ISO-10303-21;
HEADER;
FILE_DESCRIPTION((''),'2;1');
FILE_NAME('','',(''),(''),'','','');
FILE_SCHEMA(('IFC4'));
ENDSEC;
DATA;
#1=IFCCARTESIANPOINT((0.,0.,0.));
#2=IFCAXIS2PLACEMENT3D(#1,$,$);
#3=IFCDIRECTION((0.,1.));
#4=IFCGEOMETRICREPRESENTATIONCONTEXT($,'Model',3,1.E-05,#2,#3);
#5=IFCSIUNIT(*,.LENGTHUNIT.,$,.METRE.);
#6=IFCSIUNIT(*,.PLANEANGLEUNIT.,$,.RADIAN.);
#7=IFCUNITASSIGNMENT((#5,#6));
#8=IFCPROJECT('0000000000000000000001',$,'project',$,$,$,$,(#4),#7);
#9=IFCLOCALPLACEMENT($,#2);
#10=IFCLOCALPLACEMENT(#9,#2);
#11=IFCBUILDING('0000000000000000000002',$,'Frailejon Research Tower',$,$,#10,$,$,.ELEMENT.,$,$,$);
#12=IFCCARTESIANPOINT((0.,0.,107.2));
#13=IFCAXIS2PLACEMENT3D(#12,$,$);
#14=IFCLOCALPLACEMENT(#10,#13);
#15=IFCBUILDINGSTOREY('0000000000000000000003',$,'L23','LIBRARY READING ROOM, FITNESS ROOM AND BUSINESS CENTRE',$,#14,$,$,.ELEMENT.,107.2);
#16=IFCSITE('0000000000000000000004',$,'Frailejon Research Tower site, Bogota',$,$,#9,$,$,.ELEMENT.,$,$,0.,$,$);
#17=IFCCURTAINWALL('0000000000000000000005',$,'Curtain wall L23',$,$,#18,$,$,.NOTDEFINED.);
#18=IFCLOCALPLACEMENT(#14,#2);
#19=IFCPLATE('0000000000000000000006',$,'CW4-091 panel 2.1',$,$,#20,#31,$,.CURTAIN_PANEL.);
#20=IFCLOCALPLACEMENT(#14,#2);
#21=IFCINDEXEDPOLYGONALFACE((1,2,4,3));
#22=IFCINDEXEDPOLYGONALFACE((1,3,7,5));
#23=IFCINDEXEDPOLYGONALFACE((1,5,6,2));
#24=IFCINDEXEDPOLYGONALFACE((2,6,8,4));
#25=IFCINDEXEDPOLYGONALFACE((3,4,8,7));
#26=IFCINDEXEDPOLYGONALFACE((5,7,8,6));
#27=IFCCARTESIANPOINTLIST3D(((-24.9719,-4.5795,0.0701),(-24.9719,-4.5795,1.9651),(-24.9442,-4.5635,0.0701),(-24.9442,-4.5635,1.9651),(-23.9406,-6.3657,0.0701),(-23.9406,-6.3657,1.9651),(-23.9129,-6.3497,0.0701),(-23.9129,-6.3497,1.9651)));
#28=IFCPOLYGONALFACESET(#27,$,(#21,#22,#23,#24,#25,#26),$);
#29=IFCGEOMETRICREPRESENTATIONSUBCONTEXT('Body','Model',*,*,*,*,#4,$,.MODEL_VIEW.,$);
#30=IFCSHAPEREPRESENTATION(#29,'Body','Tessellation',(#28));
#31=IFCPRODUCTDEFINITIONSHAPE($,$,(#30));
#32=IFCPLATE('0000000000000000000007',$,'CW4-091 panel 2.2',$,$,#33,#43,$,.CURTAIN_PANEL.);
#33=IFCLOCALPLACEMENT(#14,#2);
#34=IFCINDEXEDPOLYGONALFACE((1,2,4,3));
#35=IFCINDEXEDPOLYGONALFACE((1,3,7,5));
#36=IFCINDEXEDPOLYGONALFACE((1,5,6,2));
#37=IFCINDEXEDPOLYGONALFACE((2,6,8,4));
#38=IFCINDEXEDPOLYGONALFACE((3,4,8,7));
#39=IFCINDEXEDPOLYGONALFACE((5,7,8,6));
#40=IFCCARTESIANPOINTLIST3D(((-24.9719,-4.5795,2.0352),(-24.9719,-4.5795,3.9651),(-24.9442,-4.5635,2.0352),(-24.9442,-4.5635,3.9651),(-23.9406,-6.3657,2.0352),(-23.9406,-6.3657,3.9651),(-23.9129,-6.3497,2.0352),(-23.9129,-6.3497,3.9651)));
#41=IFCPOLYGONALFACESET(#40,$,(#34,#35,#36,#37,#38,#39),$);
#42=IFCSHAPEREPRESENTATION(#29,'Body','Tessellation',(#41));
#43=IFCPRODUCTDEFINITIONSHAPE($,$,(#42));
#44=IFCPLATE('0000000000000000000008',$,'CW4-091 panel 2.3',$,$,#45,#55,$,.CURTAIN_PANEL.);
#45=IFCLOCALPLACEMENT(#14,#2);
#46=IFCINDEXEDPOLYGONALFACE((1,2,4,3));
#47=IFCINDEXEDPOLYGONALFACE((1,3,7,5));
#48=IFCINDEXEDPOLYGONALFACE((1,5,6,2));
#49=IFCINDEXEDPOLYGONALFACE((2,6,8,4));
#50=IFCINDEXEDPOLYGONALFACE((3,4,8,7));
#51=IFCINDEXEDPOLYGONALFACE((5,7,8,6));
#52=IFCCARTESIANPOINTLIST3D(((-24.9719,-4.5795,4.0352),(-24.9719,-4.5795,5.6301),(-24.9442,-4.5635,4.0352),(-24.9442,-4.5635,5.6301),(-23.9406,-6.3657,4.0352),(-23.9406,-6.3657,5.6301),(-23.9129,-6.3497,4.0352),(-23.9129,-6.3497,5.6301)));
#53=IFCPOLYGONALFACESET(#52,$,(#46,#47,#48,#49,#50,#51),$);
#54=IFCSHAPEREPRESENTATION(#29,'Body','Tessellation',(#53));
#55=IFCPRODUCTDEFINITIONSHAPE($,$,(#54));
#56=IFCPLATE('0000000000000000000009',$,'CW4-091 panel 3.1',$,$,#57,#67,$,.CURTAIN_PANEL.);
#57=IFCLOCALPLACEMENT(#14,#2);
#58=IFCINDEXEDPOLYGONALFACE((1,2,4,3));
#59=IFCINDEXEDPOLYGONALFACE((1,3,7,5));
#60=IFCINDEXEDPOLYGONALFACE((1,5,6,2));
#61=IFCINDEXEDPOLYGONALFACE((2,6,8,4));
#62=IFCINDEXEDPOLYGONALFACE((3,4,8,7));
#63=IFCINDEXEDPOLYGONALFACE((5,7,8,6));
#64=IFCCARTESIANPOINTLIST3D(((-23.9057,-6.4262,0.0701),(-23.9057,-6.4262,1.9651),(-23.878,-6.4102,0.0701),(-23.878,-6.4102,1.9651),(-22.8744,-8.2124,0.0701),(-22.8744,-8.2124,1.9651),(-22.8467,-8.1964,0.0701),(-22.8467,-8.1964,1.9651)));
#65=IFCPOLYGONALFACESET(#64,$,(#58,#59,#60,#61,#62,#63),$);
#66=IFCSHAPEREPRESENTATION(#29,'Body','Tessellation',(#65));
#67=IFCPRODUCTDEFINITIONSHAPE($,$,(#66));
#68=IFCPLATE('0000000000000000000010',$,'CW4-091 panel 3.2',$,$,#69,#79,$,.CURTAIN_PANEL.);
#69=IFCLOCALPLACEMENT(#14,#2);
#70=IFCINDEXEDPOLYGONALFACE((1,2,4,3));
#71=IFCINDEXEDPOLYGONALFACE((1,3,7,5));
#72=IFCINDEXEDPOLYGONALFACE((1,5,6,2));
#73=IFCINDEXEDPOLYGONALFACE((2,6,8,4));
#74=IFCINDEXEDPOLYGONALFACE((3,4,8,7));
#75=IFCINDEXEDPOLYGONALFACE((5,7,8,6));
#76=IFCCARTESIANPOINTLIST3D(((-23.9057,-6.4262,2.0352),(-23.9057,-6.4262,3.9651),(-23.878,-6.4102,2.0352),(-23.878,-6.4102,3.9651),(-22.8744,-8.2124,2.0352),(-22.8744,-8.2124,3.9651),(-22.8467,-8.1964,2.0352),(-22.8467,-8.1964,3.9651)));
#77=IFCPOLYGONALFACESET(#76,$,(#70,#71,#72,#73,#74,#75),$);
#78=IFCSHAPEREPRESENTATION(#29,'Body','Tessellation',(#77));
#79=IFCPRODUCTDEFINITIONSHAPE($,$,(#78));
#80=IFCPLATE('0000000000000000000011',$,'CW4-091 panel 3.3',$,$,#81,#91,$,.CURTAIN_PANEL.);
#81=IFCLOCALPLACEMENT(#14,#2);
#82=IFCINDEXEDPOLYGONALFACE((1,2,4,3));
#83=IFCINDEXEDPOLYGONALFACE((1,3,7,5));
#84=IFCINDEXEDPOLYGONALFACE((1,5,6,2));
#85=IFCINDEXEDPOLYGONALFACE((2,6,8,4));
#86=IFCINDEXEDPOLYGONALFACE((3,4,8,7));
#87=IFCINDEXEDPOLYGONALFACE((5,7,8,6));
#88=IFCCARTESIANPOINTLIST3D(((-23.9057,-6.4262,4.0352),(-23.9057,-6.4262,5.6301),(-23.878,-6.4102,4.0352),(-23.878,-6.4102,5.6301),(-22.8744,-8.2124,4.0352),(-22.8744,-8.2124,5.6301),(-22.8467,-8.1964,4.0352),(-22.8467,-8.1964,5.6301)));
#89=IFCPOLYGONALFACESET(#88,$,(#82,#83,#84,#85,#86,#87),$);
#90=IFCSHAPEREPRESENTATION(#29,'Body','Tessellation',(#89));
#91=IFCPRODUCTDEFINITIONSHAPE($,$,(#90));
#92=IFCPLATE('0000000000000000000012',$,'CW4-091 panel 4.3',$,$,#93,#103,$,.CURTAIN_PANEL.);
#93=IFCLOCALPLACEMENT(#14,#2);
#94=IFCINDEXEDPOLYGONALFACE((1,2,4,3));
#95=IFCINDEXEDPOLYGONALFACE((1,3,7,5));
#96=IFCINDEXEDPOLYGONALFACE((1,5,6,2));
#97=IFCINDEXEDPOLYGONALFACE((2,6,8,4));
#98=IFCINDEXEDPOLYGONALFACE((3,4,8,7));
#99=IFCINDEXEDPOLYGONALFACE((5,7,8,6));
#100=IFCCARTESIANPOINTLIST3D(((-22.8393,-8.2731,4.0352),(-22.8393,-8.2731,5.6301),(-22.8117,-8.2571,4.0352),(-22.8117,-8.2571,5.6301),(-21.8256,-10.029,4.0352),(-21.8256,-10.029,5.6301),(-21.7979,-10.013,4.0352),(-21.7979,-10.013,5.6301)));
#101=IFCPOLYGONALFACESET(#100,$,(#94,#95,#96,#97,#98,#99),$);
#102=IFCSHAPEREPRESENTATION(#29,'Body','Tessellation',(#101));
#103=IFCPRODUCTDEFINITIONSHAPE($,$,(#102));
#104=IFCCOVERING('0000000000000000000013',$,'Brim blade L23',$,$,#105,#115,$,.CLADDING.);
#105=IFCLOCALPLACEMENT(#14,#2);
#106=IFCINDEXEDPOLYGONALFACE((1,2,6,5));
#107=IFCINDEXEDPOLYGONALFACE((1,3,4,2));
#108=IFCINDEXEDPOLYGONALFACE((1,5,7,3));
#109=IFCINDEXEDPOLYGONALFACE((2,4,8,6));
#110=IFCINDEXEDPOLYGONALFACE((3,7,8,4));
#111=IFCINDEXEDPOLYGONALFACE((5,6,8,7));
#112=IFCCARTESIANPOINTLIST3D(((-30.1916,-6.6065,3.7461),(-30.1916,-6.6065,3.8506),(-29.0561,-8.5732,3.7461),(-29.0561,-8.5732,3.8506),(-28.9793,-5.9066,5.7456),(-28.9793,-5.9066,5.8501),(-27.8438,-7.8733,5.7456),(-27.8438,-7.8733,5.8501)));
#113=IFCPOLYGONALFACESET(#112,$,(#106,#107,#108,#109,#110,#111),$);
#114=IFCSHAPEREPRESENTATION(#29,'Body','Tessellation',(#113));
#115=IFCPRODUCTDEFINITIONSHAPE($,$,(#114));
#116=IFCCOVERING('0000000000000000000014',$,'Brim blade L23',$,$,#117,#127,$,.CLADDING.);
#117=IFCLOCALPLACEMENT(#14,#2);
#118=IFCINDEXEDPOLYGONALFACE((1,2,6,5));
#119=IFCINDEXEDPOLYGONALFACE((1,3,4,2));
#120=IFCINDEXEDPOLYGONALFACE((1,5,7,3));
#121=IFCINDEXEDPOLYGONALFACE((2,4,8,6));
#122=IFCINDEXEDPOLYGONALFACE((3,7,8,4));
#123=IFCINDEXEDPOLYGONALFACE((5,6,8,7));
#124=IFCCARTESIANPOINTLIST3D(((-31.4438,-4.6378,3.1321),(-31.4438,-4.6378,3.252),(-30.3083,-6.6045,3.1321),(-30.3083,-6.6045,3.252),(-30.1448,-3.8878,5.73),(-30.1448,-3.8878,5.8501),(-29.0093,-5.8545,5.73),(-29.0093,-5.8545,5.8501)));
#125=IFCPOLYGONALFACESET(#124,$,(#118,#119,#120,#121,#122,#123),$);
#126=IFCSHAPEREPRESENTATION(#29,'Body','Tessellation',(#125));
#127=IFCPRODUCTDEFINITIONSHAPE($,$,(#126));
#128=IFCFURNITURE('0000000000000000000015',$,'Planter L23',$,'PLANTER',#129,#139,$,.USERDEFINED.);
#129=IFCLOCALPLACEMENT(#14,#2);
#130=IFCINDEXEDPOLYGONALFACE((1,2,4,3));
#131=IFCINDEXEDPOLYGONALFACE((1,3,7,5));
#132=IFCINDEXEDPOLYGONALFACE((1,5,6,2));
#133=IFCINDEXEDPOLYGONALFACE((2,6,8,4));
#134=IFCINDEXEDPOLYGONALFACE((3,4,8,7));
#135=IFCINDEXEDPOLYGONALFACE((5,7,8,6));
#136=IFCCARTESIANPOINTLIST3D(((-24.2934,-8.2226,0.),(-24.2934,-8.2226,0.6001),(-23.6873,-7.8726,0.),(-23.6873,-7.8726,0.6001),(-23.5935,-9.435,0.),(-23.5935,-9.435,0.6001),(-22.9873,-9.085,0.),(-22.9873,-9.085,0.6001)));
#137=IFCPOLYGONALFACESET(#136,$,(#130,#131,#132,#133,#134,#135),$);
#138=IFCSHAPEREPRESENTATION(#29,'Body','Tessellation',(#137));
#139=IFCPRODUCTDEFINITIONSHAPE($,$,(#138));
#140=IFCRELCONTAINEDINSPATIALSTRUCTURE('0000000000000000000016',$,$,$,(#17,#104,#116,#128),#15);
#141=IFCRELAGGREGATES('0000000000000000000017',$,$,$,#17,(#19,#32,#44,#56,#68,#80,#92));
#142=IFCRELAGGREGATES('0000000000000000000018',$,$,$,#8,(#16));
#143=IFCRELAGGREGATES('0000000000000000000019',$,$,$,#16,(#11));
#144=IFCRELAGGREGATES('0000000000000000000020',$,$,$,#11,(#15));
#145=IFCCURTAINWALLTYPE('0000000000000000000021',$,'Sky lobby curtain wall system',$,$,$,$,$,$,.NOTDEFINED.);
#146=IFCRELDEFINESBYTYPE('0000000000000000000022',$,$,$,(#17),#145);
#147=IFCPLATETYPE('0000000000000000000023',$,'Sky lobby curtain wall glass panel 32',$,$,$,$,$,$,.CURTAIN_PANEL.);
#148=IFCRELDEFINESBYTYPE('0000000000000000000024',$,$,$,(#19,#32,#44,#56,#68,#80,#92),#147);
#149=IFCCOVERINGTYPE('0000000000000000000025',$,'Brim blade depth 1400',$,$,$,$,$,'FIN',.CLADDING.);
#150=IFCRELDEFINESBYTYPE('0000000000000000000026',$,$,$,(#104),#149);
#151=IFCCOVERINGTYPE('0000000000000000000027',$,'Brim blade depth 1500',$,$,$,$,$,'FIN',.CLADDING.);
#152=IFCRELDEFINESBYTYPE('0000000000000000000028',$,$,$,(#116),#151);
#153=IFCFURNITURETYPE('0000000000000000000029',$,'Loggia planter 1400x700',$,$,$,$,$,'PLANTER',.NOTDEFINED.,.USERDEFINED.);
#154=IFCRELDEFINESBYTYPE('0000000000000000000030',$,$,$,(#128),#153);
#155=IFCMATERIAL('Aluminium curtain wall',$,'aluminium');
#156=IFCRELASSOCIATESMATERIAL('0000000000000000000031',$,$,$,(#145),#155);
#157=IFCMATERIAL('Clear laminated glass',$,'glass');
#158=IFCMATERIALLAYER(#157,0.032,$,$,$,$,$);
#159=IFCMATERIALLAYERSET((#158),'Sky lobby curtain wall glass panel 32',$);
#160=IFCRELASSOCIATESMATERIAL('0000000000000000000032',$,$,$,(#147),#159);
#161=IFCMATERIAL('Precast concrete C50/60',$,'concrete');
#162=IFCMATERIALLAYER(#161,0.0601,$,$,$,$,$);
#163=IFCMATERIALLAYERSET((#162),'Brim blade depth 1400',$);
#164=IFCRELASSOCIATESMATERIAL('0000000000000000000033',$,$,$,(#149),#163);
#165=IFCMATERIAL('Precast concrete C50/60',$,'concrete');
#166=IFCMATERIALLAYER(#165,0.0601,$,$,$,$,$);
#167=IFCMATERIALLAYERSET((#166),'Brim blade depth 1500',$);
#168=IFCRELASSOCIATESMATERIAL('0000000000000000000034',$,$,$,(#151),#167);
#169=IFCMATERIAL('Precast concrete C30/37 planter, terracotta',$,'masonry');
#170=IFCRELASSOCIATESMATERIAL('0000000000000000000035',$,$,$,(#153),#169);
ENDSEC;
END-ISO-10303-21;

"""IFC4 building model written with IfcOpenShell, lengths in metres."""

from ifc_helpers import new_model, si_unit, direction, frame, origin, origin_2d, place, context, subcontext, project, spatial, polyline, rectangle, outline, extrude, material, layer, layer_set, type_object, element, aggregate, save


model = new_model("IFC4")

# Units and contexts
model_context = context("Model", 3, precision=1e-05, world=origin(), true_north=direction((0.0, 1.0)))
body_context = subcontext(model_context, "Body", "Model", "MODEL_VIEW")
ifc_project = project(units=[si_unit("LENGTHUNIT", "METRE"), si_unit("PLANEANGLEUNIT", "RADIAN")], contexts=[model_context])

# Site, building, storey
site_placement = place(None, origin())
site = spatial("IfcSite", under=ifc_project, at=site_placement, Name="Frailejon Research Tower site, Bogota", CompositionType="ELEMENT", RefElevation=0.0)
building_placement = place(site_placement, origin())
building = spatial("IfcBuilding", under=site, at=building_placement, Name="Frailejon Research Tower", CompositionType="ELEMENT")
storey_placement = place(building_placement, frame((0.0, 0.0, 107.2)))
storey = spatial("IfcBuildingStorey", under=building, at=storey_placement, Name="L23", Description="LIBRARY READING ROOM, FITNESS ROOM AND BUSINESS CENTRE", CompositionType="ELEMENT", Elevation=107.2)

# Curtain wall
ifc_material_1 = material(Name="Aluminium curtain wall", Category="aluminium")
curtain_wall_type = type_object("IfcCurtainWallType", Name="Sky lobby curtain wall system", PredefinedType="NOTDEFINED", material=ifc_material_1)
curtain_wall_placement = place(storey_placement, origin())
curtain_wall = element("IfcCurtainWall", 1, at=curtain_wall_placement, inside=storey, type_object=curtain_wall_type, Name="Curtain wall L23", PredefinedType="NOTDEFINED")

# Plates
ifc_material_2 = material(Name="Clear laminated glass", Category="glass")
ifc_layer_1 = layer(ifc_material_2, 0.032)
ifc_layer_set_1 = layer_set([ifc_layer_1], Name="Sky lobby curtain wall glass panel 32")
plate_type = type_object("IfcPlateType", Name="Sky lobby curtain wall glass panel 32", PredefinedType="CURTAIN_PANEL", material=ifc_layer_set_1)
plate_1_placement = place(storey_placement, frame((-24.4424, -5.4646, 0.0701), z_axis=(0.0, 0.0, 1.0), x_axis=(0.5, -0.866026, 0.0)))
plate_1 = element("IfcPlate", 2, at=plate_1_placement, type_object=plate_type, Name="CW4-091 panel 2.1", PredefinedType="CURTAIN_PANEL", context=body_context, shape_type="SweptSolid", body=[
    extrude(rectangle(XDim=2.0625, YDim=0.032, at=origin_2d()), origin(), (0.0, 0.0, 1.0), 1.895),
])
plate_2_placement = place(storey_placement, frame((-24.4424, -5.4646, 2.0352), z_axis=(0.0, 0.0, 1.0), x_axis=(0.5, -0.866026, 0.0)))
plate_2 = element("IfcPlate", 3, at=plate_2_placement, type_object=plate_type, Name="CW4-091 panel 2.2", PredefinedType="CURTAIN_PANEL", context=body_context, shape_type="SweptSolid", body=[
    extrude(rectangle(XDim=2.0625, YDim=0.032, at=origin_2d()), origin(), (0.0, 0.0, 1.0), 1.9299),
])
plate_3_placement = place(storey_placement, frame((-24.4424, -5.4646, 4.0352), z_axis=(0.0, 0.0, 1.0), x_axis=(0.5, -0.866026, 0.0)))
plate_3 = element("IfcPlate", 4, at=plate_3_placement, type_object=plate_type, Name="CW4-091 panel 2.3", PredefinedType="CURTAIN_PANEL", context=body_context, shape_type="SweptSolid", body=[
    extrude(rectangle(XDim=2.0625, YDim=0.032, at=origin_2d()), origin(), (0.0, 0.0, 1.0), 1.595),
])
plate_4_placement = place(storey_placement, frame((-23.3762, -7.3113, 0.0701), z_axis=(0.0, 0.0, 1.0), x_axis=(0.5, -0.866026, 0.0)))
plate_4 = element("IfcPlate", 5, at=plate_4_placement, type_object=plate_type, Name="CW4-091 panel 3.1", PredefinedType="CURTAIN_PANEL", context=body_context, shape_type="SweptSolid", body=[
    extrude(rectangle(XDim=2.0625, YDim=0.032, at=origin_2d()), origin(), (0.0, 0.0, 1.0), 1.895),
])
plate_5_placement = place(storey_placement, frame((-23.3762, -7.3113, 2.0352), z_axis=(0.0, 0.0, 1.0), x_axis=(0.5, -0.866026, 0.0)))
plate_5 = element("IfcPlate", 6, at=plate_5_placement, type_object=plate_type, Name="CW4-091 panel 3.2", PredefinedType="CURTAIN_PANEL", context=body_context, shape_type="SweptSolid", body=[
    extrude(rectangle(XDim=2.0625, YDim=0.032, at=origin_2d()), origin(), (0.0, 0.0, 1.0), 1.9299),
])
plate_6_placement = place(storey_placement, frame((-23.3762, -7.3113, 4.0352), z_axis=(0.0, 0.0, 1.0), x_axis=(0.5, -0.866026, 0.0)))
plate_6 = element("IfcPlate", 7, at=plate_6_placement, type_object=plate_type, Name="CW4-091 panel 3.3", PredefinedType="CURTAIN_PANEL", context=body_context, shape_type="SweptSolid", body=[
    extrude(rectangle(XDim=2.0625, YDim=0.032, at=origin_2d()), origin(), (0.0, 0.0, 1.0), 1.595),
])
plate_7_placement = place(storey_placement, frame((-22.3186, -9.1431, 4.0352), z_axis=(0.0, 0.0, 1.0), x_axis=(0.5, -0.866026, 0.0)))
plate_7 = element("IfcPlate", 8, at=plate_7_placement, type_object=plate_type, Name="CW4-091 panel 4.3", PredefinedType="CURTAIN_PANEL", context=body_context, shape_type="SweptSolid", body=[
    extrude(rectangle(XDim=2.0276, YDim=0.032, at=origin_2d()), origin(), (0.0, 0.0, 1.0), 1.595),
])
aggregate(curtain_wall, [plate_1, plate_2, plate_3, plate_4, plate_5, plate_6, plate_7])

# Coverings
ifc_material_3 = material(Name="Precast concrete C50/60", Category="concrete")
ifc_layer_2 = layer(ifc_material_3, 0.0601)
ifc_layer_set_2 = layer_set([ifc_layer_2], Name="Brim blade depth 1400")
covering_type_1 = type_object("IfcCoveringType", Name="Brim blade depth 1400", ElementType="FIN", PredefinedType="CLADDING", material=ifc_layer_set_2)
covering_1_placement = place(storey_placement, frame((-27.8438, -7.8733, 5.8501), z_axis=(-0.500002, 0.866024, 0.0), x_axis=(-0.866024, -0.500002, 0.0)))
element("IfcCovering", 9, at=covering_1_placement, inside=storey, type_object=covering_type_1, Name="Brim blade L23", PredefinedType="CLADDING", context=body_context, shape_type="SweptSolid", body=[
    extrude(outline(polyline([(0.0, -0.1045), (1.3999, -2.104), (1.3999, -1.9995), (0.0, 0.0), (0.0, -0.1045)])), origin(), (0.0, 0.0, 1.0), 2.271),
])
ifc_material_4 = material(Name="Precast concrete C50/60", Category="concrete")
ifc_layer_3 = layer(ifc_material_4, 0.0601)
ifc_layer_set_3 = layer_set([ifc_layer_3], Name="Brim blade depth 1500")
covering_type_2 = type_object("IfcCoveringType", Name="Brim blade depth 1500", ElementType="FIN", PredefinedType="CLADDING", material=ifc_layer_set_3)
covering_2_placement = place(storey_placement, frame((-29.0093, -5.8545, 5.8501), z_axis=(-0.500002, 0.866024, 0.0), x_axis=(-0.866024, -0.500002, 0.0)))
element("IfcCovering", 10, at=covering_2_placement, inside=storey, type_object=covering_type_2, Name="Brim blade L23", PredefinedType="CLADDING", context=body_context, shape_type="SweptSolid", body=[
    extrude(outline(polyline([(0.0, -0.1201), (1.5, -2.718), (1.5, -2.5981), (0.0, 0.0), (0.0, -0.1201)])), origin(), (0.0, 0.0, 1.0), 2.271),
])

# Furniture
ifc_material_5 = material(Name="Precast concrete C30/37 planter, terracotta", Category="masonry")
furniture_type = type_object("IfcFurnitureType", Name="Loggia planter 1400x700", ElementType="PLANTER", AssemblyPlace="NOTDEFINED", PredefinedType="USERDEFINED", material=ifc_material_5)
furniture_placement = place(storey_placement, frame((-23.6404, -8.6538, 0.0), z_axis=(0.0, 0.0, 1.0), x_axis=(0.5, -0.866025, 0.0)))
element("IfcFurniture", 11, at=furniture_placement, inside=storey, type_object=furniture_type, Name="Planter L23", ObjectType="PLANTER", PredefinedType="USERDEFINED", context=body_context, shape_type="SweptSolid", body=[
    extrude(rectangle(XDim=1.3999, YDim=0.7, at=origin_2d()), origin(), (0.0, 0.0, 1.0), 0.6001),
])

save(model, "model.ifc")
